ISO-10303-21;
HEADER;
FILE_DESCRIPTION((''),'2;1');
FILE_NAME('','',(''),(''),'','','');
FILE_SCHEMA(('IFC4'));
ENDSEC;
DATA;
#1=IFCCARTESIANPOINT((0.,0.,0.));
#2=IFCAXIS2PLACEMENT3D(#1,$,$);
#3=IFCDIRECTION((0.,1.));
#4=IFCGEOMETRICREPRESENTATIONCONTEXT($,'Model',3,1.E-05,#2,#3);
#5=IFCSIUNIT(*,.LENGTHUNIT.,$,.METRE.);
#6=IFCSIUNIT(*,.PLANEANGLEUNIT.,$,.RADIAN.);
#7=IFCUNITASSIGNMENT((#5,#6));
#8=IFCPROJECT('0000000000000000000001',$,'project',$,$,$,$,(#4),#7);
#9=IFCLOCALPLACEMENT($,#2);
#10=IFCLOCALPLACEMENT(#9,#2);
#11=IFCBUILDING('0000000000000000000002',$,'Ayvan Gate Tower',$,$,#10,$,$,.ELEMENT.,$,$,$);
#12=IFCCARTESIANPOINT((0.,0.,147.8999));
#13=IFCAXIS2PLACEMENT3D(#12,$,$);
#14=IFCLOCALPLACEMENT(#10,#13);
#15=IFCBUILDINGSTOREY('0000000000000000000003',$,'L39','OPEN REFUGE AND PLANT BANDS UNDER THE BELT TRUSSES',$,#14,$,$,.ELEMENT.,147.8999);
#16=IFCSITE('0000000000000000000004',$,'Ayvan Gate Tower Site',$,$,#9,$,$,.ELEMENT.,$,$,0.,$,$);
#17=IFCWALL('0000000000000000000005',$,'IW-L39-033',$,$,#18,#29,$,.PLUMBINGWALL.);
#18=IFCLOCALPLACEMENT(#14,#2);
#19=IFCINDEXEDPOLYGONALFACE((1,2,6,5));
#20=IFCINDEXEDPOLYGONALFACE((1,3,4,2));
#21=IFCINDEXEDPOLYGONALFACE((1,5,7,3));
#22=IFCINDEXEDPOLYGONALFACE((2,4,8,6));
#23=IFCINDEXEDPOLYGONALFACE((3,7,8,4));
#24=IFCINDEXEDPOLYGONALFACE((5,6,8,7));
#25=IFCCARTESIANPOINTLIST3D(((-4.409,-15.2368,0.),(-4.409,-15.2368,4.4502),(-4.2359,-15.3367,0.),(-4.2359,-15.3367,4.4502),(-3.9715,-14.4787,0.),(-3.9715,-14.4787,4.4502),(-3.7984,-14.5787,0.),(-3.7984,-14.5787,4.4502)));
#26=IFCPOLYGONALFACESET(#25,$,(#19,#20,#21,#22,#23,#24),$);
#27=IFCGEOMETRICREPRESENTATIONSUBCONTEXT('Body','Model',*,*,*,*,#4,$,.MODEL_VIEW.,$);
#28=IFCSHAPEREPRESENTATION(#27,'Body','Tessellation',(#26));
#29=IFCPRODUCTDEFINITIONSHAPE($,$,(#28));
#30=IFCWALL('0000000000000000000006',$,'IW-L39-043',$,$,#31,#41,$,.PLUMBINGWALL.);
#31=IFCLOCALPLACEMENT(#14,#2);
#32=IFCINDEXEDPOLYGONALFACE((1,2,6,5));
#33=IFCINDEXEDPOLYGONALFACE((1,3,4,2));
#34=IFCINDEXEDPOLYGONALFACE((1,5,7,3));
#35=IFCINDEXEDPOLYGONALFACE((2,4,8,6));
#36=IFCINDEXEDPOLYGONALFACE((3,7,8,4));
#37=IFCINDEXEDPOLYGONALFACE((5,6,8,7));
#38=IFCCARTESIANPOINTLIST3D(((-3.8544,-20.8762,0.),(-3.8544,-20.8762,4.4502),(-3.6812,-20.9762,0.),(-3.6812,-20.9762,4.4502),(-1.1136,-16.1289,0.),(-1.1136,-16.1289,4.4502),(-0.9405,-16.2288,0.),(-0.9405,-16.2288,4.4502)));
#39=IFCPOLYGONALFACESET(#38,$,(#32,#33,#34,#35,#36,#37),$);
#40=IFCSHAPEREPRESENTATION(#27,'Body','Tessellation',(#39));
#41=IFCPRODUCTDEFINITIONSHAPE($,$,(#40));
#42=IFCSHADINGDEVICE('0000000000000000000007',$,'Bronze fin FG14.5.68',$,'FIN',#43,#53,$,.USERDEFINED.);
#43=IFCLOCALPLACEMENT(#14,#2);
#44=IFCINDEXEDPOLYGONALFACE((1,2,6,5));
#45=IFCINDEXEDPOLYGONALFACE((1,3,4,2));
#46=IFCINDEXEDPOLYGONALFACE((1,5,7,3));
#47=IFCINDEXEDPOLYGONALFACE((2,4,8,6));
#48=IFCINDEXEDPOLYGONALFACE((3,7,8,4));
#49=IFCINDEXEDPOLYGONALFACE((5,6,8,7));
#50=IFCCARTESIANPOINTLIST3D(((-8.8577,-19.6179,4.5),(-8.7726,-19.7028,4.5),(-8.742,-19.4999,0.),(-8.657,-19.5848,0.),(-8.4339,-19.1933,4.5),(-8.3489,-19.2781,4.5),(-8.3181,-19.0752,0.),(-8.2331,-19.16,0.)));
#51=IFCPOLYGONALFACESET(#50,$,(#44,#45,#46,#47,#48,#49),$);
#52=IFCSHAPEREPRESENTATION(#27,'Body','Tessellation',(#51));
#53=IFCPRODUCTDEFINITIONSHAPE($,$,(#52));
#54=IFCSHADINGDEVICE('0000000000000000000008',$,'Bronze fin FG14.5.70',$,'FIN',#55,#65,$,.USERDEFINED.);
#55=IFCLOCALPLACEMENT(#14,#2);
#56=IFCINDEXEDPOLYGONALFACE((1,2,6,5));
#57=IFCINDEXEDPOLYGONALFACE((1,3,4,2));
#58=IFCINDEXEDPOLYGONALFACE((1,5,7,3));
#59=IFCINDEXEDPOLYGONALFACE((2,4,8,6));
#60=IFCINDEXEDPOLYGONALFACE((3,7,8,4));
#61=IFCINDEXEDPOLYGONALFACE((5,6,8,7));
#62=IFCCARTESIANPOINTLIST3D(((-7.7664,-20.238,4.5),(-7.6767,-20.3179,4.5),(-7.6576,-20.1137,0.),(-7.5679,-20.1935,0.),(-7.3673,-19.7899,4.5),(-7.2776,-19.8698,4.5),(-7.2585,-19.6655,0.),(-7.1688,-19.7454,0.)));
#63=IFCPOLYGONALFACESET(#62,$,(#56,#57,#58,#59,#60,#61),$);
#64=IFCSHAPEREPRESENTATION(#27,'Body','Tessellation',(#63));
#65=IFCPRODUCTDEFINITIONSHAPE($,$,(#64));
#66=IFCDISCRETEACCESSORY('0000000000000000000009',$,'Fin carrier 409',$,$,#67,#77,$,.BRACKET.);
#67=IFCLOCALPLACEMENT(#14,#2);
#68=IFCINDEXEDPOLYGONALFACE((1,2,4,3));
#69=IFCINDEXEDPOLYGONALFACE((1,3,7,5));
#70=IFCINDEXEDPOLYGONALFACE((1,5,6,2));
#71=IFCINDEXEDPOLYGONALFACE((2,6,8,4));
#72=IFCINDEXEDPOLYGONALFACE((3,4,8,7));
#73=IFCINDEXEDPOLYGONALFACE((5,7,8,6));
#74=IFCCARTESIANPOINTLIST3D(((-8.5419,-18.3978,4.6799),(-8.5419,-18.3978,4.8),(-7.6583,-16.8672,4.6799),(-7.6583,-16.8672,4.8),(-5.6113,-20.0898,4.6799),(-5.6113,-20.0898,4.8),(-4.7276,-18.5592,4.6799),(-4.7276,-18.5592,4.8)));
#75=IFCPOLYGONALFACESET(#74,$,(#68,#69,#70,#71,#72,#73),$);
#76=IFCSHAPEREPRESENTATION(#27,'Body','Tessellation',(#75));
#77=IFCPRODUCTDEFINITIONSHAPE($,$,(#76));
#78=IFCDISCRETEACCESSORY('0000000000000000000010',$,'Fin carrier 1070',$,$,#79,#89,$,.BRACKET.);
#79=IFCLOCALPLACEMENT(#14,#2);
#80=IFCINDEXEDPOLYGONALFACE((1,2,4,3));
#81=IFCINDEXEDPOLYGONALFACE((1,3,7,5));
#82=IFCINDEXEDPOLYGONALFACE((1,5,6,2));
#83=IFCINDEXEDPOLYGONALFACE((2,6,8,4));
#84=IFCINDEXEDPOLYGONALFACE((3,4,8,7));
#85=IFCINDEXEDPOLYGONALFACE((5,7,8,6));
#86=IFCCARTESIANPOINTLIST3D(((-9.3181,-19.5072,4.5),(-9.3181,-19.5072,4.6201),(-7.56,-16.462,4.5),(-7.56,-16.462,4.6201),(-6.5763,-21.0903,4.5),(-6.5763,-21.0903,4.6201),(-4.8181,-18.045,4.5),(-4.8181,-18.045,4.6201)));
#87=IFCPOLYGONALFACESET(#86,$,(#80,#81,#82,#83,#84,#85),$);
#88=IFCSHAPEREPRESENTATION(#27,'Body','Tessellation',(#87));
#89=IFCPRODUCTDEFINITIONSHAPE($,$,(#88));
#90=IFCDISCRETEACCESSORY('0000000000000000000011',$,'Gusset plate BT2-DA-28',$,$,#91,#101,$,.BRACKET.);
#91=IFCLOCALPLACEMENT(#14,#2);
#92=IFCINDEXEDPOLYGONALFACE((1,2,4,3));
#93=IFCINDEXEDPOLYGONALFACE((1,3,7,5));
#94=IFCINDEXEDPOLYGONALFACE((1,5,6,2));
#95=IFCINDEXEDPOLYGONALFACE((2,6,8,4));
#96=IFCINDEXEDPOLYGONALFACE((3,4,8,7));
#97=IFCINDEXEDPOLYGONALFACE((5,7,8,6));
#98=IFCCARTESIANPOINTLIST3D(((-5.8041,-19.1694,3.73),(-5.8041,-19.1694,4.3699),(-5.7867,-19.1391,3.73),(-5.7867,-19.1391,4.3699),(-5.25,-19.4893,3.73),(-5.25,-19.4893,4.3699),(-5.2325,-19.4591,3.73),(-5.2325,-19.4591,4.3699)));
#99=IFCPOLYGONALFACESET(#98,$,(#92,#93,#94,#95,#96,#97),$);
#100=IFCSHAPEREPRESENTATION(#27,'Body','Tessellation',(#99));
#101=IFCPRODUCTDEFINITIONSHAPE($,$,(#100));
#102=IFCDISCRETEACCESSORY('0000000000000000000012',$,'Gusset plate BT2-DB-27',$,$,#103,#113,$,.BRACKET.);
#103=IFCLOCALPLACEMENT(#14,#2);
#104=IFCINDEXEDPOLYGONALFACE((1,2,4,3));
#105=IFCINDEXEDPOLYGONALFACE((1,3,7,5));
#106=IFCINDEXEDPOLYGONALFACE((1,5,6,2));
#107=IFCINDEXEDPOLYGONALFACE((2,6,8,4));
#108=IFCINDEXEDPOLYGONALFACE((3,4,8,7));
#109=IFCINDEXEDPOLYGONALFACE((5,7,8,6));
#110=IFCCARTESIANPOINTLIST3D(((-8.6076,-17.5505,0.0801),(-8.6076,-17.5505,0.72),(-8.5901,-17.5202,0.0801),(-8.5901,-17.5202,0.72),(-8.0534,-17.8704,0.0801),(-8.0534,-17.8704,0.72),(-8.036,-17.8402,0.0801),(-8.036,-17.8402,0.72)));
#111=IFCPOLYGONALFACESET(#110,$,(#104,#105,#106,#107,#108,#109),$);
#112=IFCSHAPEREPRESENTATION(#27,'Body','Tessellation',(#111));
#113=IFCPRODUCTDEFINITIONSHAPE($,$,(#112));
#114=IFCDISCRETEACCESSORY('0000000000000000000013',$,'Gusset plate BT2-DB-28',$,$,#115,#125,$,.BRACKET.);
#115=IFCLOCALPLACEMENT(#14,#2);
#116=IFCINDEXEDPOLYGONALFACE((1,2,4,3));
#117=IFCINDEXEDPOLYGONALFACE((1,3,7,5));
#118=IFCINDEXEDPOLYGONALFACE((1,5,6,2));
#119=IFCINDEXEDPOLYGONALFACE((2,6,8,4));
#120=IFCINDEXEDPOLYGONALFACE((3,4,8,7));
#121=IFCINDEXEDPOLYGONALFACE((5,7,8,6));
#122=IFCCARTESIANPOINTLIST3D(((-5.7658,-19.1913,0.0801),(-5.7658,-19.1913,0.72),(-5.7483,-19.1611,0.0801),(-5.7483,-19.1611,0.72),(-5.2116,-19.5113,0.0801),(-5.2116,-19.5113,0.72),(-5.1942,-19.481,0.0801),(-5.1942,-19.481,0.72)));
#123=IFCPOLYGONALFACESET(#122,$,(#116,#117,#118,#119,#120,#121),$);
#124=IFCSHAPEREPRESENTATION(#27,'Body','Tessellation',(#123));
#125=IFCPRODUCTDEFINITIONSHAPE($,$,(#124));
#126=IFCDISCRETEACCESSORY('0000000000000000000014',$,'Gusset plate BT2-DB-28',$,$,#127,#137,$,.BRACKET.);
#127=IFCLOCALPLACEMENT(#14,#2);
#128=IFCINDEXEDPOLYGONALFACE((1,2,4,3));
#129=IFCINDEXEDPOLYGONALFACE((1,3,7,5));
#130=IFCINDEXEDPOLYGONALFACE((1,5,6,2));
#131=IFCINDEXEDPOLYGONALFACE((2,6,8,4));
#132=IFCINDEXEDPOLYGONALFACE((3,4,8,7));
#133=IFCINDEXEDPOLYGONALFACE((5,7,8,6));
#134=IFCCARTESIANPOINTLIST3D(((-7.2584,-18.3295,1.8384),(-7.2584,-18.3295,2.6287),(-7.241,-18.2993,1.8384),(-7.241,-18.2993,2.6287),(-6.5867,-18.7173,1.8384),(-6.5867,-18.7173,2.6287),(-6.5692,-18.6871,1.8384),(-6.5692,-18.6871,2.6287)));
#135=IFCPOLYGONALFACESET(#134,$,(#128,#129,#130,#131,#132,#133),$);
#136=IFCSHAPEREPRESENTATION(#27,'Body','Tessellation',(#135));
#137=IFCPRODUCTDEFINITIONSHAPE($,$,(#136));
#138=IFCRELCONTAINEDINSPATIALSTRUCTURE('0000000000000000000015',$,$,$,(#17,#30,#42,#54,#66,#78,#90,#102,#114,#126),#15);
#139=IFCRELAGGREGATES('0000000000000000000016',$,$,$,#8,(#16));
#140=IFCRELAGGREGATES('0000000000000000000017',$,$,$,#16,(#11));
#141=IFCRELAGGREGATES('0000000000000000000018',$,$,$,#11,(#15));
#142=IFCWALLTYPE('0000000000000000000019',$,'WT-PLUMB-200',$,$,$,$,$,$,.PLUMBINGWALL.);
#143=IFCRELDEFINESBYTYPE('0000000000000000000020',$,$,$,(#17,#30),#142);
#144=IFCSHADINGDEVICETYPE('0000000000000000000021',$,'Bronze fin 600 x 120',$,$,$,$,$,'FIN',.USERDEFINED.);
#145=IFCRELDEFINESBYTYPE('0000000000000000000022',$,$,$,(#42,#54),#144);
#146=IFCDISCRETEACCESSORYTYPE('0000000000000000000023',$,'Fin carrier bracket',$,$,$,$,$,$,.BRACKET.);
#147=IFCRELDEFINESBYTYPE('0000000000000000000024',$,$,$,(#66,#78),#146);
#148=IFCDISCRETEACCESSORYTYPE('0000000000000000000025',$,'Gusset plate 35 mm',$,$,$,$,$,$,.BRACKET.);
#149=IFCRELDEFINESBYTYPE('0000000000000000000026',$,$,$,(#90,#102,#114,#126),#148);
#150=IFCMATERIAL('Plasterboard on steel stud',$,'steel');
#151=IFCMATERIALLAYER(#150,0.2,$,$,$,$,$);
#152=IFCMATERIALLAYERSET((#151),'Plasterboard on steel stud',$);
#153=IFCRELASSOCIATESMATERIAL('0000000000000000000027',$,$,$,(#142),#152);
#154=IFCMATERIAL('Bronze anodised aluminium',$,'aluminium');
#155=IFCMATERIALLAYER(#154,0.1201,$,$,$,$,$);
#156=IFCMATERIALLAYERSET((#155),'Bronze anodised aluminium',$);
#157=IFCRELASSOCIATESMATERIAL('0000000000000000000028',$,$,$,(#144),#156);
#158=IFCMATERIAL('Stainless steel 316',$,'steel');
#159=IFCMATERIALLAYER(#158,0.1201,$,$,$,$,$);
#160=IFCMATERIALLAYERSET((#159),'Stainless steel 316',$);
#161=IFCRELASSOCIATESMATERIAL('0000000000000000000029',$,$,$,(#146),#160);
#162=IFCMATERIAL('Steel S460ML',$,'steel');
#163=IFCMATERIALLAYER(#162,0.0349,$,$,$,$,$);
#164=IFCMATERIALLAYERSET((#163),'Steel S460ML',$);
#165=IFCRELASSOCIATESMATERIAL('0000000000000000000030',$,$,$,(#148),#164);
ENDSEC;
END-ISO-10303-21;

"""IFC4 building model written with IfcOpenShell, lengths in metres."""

from ifc_helpers import new_model, si_unit, direction, frame, frame_2d, origin, origin_2d, place, context, subcontext, project, spatial, polyline, rectangle, outline, extrude, material, layer, layer_set, type_object, element, save


model = new_model("IFC4")

# Units and contexts
model_context = context("Model", 3, precision=1e-05, world=origin(), true_north=direction((0.0, 1.0)))
body_context = subcontext(model_context, "Body", "Model", "MODEL_VIEW")
ifc_project = project(units=[si_unit("LENGTHUNIT", "METRE"), si_unit("PLANEANGLEUNIT", "RADIAN")], contexts=[model_context])

# Site, building, storey
site_placement = place(None, origin())
site = spatial("IfcSite", under=ifc_project, at=site_placement, Name="Ayvan Gate Tower Site", CompositionType="ELEMENT", RefElevation=0.0)
building_placement = place(site_placement, origin())
building = spatial("IfcBuilding", under=site, at=building_placement, Name="Ayvan Gate Tower", CompositionType="ELEMENT")
storey_placement = place(building_placement, frame((0.0, 0.0, 147.8999)))
storey = spatial("IfcBuildingStorey", under=building, at=storey_placement, Name="L39", Description="OPEN REFUGE AND PLANT BANDS UNDER THE BELT TRUSSES", CompositionType="ELEMENT", Elevation=147.8999)

# Shared definitions
ifc_material_1 = material(Name="Steel S460ML", Category="steel")

# Walls
ifc_material_2 = material(Name="Plasterboard on steel stud", Category="steel")
ifc_layer_1 = layer(ifc_material_2, 0.2)
ifc_layer_set_1 = layer_set([ifc_layer_1], Name="Plasterboard on steel stud")
wall_type = type_object("IfcWallType", Name="WT-PLUMB-200", PredefinedType="PLUMBINGWALL", material=ifc_layer_set_1)
wall_1_placement = place(storey_placement, frame((-3.885, -14.5288, 0.0), z_axis=(0.0, 0.0, 1.0), x_axis=(-0.499859, -0.866107, 0.0)))
element("IfcWall", 1, at=wall_1_placement, inside=storey, type_object=wall_type, Name="IW-L39-033", PredefinedType="PLUMBINGWALL", context=body_context, shape_type="SweptSolid", body=[
    extrude(rectangle(XDim=0.8752, YDim=0.2, at=frame_2d((0.4375, 0.0))), origin(), (0.0, 0.0, 1.0), 4.4502),
])
wall_2_placement = place(storey_placement, frame((-1.0271, -16.179, 0.0), z_axis=(0.0, 0.0, 1.0), x_axis=(-0.499981, -0.866037, 0.0)))
element("IfcWall", 2, at=wall_2_placement, inside=storey, type_object=wall_type, Name="IW-L39-043", PredefinedType="PLUMBINGWALL", context=body_context, shape_type="SweptSolid", body=[
    extrude(rectangle(XDim=5.4817, YDim=0.2, at=frame_2d((2.7407, 0.0))), origin(), (0.0, 0.0, 1.0), 4.4502),
])

# Shading devices
ifc_material_3 = material(Name="Bronze anodised aluminium", Category="aluminium")
ifc_layer_2 = layer(ifc_material_3, 0.1201)
ifc_layer_set_2 = layer_set([ifc_layer_2], Name="Bronze anodised aluminium")
shading_device_type = type_object("IfcShadingDeviceType", Name="Bronze fin 600 x 120", ElementType="FIN", PredefinedType="USERDEFINED", material=ifc_layer_set_2)
shading_device_1_placement = place(storey_placement, frame((-8.3181, -19.0752, 0.0), z_axis=(-0.707818, 0.706394, 0.000327), x_axis=(-0.706394, -0.707819, 0.0)))
element("IfcShadingDevice", 3, at=shading_device_1_placement, inside=storey, type_object=shading_device_type, Name="Bronze fin FG14.5.68", ObjectType="FIN", PredefinedType="USERDEFINED", context=body_context, shape_type="SweptSolid", body=[
    extrude(outline(polyline([(0.0, 0.0), (0.6001, 0.0), (0.7653, 4.5), (0.1654, 4.5), (0.0, 0.0)])), origin(), (0.0, 0.0, -1.0), 0.1201),
])
shading_device_2_placement = place(storey_placement, frame((-7.2585, -19.6655, 0.0), z_axis=(-0.746814, 0.665033, 0.000332), x_axis=(-0.665033, -0.746814, 0.0)))
element("IfcShadingDevice", 4, at=shading_device_2_placement, inside=storey, type_object=shading_device_type, Name="Bronze fin FG14.5.70", ObjectType="FIN", PredefinedType="USERDEFINED", context=body_context, shape_type="SweptSolid", body=[
    extrude(outline(polyline([(0.0, 0.0), (0.6001, 0.0), (0.7653, 4.5), (0.1652, 4.5), (0.0, 0.0)])), origin(), (0.0, 0.0, -1.0), 0.1201),
])

# Discrete accessories
ifc_material_4 = material(Name="Stainless steel 316", Category="steel")
ifc_layer_3 = layer(ifc_material_4, 0.1201)
ifc_layer_set_3 = layer_set([ifc_layer_3], Name="Stainless steel 316")
discrete_accessory_type_1 = type_object("IfcDiscreteAccessoryType", Name="Fin carrier bracket", PredefinedType="BRACKET", material=ifc_layer_set_3)
discrete_accessory_1_placement = place(storey_placement, frame((-6.6348, -18.4785, 4.6799), z_axis=(0.0, 0.0, 1.0), x_axis=(0.866025, -0.5, 0.0)))
element("IfcDiscreteAccessory", 5, at=discrete_accessory_1_placement, inside=storey, type_object=discrete_accessory_type_1, Name="Fin carrier 409", PredefinedType="BRACKET", context=body_context, shape_type="SweptSolid", body=[
    extrude(rectangle(XDim=3.384, YDim=1.7673, at=origin_2d()), origin(), (0.0, 0.0, 1.0), 0.1201),
])
discrete_accessory_2_placement = place(storey_placement, frame((-7.0681, -18.7761, 4.5), z_axis=(0.0, 0.0, 1.0), x_axis=(0.866025, -0.5, 0.0)))
element("IfcDiscreteAccessory", 6, at=discrete_accessory_2_placement, inside=storey, type_object=discrete_accessory_type_1, Name="Fin carrier 1070", PredefinedType="BRACKET", context=body_context, shape_type="SweptSolid", body=[
    extrude(rectangle(XDim=3.166, YDim=3.5164, at=origin_2d()), origin(), (0.0, 0.0, 1.0), 0.1201),
])
ifc_layer_4 = layer(ifc_material_1, 0.0349)
ifc_layer_set_4 = layer_set([ifc_layer_4], Name="Steel S460ML")
discrete_accessory_type_2 = type_object("IfcDiscreteAccessoryType", Name="Gusset plate 35 mm", PredefinedType="BRACKET", material=ifc_layer_set_4)
for number, where, z_axis, x_axis, name in (
    (7, (-5.5183, -19.3142, 3.73), (0.0, 0.0, 1.0), (-0.866025, 0.5, 0.0), "Gusset plate BT2-DA-28"),
    (8, (-8.3218, -17.6953, 0.0801), (0.0, 0.0, 1.0), (-0.866025, 0.5, 0.0), "Gusset plate BT2-DB-27"),
    (9, (-5.48, -19.3362, 0.0801), (0.0, 0.0, 1.0), (-0.866025, 0.5, 0.0), "Gusset plate BT2-DB-28"),
):
    element("IfcDiscreteAccessory", number, at=place(storey_placement, frame(where, z_axis=z_axis, x_axis=x_axis)), inside=storey, type_object=discrete_accessory_type_2, Name=name, PredefinedType="BRACKET", context=body_context, shape_type="SweptSolid", body=[
        extrude(rectangle(XDim=0.6399, YDim=0.0349, at=origin_2d()), origin(), (0.0, 0.0, 1.0), 0.6399),
    ])
discrete_accessory_3_placement = place(storey_placement, frame((-6.9138, -18.5083, 1.8384), z_axis=(0.0, 0.0, 1.0), x_axis=(-0.866025, 0.5, 0.0)))
element("IfcDiscreteAccessory", 10, at=discrete_accessory_3_placement, inside=storey, type_object=discrete_accessory_type_2, Name="Gusset plate BT2-DB-28", PredefinedType="BRACKET", context=body_context, shape_type="SweptSolid", body=[
    extrude(rectangle(XDim=0.7756, YDim=0.0349, at=origin_2d()), origin(), (0.0, 0.0, 1.0), 0.7903),
])

save(model, "model.ifc")
